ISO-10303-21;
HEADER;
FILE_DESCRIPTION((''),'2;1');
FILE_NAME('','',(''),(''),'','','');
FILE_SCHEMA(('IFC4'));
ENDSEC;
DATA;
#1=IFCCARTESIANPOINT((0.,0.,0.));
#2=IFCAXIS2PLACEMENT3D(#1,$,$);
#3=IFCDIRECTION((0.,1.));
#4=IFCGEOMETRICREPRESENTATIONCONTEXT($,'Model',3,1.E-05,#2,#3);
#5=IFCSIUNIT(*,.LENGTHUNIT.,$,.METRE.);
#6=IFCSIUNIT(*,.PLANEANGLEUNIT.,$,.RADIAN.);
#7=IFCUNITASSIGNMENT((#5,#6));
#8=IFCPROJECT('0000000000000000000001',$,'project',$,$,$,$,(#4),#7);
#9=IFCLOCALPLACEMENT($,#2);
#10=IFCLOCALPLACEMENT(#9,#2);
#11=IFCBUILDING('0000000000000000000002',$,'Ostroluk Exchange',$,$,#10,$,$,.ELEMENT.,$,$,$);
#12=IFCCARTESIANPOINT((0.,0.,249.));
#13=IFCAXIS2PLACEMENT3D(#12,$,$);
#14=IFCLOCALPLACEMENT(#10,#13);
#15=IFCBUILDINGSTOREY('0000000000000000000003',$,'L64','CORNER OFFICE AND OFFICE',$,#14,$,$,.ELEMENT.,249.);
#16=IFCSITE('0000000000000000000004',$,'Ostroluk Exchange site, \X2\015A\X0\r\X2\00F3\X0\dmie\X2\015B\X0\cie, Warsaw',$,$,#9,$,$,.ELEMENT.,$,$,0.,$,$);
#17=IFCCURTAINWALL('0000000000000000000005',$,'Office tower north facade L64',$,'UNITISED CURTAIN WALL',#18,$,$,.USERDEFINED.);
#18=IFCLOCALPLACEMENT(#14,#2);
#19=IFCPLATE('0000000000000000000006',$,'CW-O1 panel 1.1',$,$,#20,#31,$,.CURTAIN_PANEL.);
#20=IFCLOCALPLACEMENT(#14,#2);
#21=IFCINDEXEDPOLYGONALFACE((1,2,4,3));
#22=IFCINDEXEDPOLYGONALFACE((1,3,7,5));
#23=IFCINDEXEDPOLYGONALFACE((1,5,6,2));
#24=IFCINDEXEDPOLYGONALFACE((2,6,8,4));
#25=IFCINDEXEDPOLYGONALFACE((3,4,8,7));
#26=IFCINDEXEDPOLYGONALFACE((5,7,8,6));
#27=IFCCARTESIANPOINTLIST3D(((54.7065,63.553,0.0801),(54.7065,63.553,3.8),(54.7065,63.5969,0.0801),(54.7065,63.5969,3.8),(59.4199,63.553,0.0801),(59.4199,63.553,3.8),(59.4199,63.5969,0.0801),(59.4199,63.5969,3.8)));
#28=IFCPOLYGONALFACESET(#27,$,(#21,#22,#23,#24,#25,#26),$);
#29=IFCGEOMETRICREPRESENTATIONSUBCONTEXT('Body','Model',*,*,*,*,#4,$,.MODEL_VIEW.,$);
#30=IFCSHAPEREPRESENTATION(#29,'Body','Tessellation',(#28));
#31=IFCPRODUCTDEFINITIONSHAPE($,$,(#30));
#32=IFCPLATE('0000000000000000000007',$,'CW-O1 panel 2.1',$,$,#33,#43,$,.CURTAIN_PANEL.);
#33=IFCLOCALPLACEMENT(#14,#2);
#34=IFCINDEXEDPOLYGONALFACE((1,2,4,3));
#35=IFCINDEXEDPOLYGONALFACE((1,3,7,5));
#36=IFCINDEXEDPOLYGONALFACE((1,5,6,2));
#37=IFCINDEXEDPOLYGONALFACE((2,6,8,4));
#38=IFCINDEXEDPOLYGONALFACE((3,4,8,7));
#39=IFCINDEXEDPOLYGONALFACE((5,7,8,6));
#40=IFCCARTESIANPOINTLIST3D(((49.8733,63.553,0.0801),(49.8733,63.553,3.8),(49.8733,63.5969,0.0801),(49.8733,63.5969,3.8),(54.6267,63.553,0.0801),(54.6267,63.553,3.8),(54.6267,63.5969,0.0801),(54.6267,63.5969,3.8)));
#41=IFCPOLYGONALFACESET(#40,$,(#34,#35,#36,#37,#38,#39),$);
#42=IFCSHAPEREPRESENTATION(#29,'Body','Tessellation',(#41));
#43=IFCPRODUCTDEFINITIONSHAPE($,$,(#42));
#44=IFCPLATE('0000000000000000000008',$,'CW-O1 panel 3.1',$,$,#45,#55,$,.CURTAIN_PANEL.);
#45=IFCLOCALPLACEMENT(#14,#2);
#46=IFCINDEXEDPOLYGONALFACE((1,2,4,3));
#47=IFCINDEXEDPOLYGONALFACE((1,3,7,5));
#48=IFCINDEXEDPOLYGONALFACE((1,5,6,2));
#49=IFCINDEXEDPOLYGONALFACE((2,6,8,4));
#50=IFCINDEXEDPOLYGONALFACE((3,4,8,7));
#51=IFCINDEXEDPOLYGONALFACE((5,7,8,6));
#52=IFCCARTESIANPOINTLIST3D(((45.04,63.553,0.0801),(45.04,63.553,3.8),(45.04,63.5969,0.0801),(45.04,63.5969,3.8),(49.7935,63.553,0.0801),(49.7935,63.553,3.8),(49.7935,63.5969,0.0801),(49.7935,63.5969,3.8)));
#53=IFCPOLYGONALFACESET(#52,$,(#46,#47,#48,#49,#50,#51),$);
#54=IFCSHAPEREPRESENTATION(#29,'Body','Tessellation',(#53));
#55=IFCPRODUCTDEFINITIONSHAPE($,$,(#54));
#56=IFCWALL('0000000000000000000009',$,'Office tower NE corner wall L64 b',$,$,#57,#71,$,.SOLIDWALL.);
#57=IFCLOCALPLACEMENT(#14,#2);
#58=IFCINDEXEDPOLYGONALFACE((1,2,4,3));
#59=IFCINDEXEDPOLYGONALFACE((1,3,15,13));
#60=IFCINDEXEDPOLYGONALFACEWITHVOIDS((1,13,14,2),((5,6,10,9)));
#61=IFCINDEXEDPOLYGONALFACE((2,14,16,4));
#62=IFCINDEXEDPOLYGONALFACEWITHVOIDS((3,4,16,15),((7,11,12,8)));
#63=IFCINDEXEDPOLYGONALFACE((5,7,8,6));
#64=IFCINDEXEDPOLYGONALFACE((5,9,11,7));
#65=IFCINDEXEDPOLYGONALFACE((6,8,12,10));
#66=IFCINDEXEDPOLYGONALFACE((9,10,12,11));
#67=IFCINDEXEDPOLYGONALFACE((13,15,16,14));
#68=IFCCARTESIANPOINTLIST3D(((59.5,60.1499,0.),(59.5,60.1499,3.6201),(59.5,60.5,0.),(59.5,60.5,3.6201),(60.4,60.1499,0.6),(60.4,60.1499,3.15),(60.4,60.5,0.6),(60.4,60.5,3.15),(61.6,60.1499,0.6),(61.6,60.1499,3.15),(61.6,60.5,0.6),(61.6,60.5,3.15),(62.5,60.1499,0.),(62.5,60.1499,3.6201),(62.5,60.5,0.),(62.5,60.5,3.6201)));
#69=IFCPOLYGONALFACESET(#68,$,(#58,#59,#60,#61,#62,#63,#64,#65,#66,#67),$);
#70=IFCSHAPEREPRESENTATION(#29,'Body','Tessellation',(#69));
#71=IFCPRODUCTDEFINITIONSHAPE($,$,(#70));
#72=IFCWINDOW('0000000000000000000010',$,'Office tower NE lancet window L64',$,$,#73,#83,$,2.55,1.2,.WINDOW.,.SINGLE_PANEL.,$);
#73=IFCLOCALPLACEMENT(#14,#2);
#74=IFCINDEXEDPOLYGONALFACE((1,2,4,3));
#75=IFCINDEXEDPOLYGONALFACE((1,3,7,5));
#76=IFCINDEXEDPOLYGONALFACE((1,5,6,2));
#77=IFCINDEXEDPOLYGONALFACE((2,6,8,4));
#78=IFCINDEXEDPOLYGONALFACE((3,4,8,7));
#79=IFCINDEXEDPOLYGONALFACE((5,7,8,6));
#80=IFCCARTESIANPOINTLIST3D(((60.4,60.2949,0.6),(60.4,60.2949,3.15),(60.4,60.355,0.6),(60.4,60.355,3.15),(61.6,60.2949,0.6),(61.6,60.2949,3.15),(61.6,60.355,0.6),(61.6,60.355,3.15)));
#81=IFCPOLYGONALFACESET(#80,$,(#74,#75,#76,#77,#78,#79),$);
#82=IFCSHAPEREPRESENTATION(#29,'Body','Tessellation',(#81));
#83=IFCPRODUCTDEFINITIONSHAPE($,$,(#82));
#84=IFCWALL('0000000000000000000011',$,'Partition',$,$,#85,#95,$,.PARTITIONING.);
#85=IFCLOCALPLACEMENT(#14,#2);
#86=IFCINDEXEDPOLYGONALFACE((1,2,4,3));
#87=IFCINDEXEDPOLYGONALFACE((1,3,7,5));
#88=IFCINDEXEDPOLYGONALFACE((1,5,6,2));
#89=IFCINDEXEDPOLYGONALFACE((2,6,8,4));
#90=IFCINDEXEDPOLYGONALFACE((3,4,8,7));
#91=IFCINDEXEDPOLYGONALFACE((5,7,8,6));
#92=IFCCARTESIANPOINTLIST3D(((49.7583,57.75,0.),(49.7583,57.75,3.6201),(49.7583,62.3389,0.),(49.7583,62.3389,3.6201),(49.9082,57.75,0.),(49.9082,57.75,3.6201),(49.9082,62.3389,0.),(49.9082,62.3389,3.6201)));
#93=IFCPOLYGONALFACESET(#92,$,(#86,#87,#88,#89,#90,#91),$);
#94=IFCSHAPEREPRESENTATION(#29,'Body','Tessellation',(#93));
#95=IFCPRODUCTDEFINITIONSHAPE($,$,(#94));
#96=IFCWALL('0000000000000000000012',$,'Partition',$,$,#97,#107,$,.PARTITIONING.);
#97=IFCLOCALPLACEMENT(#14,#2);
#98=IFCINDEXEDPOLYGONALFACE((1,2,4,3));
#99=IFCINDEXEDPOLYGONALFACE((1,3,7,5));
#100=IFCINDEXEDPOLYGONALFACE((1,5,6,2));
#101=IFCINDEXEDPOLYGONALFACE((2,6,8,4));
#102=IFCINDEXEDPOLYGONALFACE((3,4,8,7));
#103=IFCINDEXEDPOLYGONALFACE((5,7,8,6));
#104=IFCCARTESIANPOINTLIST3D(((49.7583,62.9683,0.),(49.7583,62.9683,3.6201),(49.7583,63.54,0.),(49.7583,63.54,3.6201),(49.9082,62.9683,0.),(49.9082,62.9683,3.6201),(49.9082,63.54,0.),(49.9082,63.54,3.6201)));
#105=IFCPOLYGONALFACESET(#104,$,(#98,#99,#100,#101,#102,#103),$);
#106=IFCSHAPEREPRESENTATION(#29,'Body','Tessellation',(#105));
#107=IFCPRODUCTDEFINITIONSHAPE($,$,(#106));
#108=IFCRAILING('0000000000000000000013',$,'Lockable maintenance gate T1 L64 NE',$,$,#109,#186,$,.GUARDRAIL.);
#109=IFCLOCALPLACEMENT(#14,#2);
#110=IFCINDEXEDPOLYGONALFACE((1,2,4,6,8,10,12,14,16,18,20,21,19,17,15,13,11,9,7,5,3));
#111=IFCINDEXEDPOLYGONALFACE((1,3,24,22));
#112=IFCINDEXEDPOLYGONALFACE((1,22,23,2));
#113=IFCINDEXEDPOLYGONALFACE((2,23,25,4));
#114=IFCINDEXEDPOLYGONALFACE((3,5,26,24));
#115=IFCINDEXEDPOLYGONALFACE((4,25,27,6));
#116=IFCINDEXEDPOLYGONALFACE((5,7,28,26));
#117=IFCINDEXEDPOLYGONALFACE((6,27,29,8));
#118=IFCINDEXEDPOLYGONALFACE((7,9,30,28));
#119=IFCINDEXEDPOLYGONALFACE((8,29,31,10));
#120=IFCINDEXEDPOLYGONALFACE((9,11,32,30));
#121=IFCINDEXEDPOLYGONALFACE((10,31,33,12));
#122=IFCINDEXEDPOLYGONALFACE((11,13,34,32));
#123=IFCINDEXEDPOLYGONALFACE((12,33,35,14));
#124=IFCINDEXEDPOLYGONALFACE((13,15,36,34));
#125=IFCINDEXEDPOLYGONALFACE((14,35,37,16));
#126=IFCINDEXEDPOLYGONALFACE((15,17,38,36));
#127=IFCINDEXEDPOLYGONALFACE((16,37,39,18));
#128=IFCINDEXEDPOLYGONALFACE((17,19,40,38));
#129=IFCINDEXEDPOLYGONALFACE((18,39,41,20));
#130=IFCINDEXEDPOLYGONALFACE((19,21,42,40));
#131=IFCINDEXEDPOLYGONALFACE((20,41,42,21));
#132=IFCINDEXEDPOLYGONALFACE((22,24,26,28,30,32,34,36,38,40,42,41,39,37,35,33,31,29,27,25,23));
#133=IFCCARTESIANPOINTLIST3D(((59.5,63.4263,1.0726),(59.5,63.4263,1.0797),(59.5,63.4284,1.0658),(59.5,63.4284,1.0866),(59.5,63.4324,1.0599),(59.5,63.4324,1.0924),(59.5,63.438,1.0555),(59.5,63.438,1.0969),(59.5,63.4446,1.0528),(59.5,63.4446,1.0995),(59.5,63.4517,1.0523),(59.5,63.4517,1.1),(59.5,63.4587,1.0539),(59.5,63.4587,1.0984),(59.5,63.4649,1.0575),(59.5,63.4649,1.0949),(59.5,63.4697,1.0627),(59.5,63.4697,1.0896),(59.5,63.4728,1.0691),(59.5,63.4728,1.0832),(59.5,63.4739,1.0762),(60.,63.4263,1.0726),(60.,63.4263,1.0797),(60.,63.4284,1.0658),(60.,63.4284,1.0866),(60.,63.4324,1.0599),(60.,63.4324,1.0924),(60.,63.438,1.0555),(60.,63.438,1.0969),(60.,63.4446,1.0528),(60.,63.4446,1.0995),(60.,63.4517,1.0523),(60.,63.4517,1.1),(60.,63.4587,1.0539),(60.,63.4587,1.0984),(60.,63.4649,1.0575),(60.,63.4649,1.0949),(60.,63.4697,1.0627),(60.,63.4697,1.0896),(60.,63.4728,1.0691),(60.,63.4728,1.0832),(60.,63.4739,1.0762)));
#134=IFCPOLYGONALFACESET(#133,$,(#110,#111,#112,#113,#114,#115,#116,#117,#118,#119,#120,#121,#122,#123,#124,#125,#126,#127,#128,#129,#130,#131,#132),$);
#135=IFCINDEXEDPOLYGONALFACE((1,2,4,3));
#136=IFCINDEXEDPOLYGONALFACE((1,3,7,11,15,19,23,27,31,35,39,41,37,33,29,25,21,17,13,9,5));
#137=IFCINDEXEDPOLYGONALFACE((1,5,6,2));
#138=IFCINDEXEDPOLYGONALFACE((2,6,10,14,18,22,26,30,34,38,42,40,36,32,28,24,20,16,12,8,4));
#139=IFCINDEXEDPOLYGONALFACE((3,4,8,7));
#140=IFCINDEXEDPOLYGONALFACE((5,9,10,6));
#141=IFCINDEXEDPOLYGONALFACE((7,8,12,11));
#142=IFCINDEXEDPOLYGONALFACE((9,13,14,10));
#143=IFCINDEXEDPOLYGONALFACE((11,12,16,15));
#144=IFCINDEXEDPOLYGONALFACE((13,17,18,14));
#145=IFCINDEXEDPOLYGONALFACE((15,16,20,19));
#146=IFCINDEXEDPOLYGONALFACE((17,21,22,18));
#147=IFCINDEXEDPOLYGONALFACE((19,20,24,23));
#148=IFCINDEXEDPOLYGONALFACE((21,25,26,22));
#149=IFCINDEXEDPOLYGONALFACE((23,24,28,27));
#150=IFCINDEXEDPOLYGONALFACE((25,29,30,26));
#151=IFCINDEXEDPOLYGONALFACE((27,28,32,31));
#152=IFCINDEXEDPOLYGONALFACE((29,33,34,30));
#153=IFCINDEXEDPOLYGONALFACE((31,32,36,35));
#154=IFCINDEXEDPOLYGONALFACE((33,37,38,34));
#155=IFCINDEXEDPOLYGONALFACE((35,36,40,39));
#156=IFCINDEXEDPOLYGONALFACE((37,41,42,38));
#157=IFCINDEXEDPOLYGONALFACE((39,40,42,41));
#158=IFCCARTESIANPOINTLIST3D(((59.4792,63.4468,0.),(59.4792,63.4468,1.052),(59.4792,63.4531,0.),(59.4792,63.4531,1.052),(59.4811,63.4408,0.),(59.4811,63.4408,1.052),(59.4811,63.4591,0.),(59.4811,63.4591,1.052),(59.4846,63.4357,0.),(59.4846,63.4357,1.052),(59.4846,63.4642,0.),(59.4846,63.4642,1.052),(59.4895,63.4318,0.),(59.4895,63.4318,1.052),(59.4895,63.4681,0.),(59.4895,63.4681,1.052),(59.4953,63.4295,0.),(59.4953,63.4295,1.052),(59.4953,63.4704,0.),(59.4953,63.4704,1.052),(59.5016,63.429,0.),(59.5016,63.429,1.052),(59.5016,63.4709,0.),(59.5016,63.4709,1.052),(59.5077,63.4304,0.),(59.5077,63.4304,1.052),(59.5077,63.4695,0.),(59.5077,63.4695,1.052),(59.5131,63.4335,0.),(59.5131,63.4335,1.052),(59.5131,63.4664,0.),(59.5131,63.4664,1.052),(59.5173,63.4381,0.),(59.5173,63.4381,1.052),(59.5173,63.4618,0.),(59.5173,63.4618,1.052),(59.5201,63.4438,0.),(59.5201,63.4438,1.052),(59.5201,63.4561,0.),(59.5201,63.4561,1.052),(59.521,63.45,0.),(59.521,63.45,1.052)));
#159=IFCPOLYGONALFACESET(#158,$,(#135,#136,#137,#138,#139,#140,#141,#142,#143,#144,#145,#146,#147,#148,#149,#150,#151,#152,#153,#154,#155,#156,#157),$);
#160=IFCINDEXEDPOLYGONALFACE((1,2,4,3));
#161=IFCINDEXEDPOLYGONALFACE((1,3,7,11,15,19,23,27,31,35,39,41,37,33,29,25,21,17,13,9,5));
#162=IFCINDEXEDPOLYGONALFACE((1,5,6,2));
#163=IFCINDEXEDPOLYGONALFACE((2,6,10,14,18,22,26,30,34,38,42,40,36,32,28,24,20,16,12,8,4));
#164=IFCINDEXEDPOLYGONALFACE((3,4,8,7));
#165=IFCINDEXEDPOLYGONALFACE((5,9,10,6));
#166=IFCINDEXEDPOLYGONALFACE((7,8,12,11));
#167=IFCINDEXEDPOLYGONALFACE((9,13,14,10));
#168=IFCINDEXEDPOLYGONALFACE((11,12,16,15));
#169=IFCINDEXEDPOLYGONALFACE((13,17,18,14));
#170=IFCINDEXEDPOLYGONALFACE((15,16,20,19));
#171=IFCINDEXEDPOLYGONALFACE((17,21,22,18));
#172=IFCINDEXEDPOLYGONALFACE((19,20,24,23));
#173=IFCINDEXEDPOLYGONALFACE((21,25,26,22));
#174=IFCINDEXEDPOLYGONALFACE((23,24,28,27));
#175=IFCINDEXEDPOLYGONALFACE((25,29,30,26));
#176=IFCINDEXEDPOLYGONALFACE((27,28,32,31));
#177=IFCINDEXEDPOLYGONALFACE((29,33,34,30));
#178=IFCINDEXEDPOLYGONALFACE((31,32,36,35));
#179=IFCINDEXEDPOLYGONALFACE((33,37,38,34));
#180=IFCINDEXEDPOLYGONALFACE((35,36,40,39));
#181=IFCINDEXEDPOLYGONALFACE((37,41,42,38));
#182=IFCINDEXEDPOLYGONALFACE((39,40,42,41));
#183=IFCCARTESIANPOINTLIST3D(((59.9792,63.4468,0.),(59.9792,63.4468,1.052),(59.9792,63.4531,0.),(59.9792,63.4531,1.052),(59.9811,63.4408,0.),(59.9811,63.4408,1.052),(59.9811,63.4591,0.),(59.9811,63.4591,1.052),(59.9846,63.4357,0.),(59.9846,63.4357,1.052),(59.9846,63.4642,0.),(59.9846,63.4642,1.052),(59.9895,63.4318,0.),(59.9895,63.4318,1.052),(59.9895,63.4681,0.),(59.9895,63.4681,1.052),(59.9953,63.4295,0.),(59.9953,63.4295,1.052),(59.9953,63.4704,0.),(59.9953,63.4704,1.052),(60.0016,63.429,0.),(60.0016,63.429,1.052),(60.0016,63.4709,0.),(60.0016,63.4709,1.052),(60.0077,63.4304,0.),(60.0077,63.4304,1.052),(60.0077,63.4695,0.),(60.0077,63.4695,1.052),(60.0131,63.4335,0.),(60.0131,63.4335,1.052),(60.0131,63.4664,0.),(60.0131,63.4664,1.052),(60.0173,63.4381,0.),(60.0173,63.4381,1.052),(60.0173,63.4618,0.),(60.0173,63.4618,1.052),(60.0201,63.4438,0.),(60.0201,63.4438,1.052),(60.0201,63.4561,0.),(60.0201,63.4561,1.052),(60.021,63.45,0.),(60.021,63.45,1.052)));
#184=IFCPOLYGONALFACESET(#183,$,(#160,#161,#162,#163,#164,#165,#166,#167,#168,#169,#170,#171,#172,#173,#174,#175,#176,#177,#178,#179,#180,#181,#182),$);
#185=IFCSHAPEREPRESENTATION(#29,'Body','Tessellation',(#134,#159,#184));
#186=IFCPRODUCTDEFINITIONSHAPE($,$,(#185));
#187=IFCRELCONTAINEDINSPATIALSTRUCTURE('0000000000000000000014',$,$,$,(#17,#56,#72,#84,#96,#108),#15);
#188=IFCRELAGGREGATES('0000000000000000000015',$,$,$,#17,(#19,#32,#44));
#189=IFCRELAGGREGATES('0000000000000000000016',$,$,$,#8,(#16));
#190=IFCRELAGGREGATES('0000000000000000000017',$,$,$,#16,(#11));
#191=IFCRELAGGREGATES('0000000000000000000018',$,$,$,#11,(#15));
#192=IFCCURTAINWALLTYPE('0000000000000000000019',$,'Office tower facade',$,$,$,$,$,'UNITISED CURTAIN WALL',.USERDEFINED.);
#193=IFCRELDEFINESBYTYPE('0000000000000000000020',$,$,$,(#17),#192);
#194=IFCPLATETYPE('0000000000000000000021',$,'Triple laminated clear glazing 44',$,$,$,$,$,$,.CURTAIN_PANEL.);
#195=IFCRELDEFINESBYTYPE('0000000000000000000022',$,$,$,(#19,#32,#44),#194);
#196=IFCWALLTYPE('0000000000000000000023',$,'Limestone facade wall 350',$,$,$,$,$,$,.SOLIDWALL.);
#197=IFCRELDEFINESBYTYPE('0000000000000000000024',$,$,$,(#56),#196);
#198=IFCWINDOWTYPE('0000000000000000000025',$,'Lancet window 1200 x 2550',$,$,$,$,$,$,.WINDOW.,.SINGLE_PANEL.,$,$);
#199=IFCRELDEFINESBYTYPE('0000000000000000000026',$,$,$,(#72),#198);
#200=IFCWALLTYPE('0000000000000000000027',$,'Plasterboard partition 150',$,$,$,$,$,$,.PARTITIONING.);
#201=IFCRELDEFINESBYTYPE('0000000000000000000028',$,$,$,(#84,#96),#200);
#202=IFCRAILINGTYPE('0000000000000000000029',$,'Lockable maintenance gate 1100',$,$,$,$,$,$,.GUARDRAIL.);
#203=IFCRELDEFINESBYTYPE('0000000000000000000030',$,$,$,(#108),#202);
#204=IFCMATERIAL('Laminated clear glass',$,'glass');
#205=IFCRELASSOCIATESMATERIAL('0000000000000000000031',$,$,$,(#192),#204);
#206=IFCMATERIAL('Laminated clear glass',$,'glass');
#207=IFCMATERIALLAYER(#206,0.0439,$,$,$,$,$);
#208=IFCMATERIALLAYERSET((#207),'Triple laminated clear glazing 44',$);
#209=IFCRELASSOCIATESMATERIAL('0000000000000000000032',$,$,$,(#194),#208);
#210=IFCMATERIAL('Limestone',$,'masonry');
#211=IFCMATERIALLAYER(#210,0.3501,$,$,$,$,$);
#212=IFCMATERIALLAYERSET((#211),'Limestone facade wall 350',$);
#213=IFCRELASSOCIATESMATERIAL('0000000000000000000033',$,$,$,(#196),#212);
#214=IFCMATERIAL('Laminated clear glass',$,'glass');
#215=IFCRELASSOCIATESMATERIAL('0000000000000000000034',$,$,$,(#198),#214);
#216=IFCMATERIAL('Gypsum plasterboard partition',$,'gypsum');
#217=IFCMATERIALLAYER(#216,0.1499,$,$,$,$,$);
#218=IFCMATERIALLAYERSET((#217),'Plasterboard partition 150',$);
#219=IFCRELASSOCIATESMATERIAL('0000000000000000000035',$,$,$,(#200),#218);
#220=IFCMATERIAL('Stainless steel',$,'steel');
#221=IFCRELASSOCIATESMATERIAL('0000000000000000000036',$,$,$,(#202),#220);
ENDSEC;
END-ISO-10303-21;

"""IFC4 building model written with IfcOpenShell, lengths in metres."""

from ifc_helpers import new_model, si_unit, direction, frame, frame_2d, origin, origin_2d, place, context, subcontext, project, spatial, rectangle, circle, extrude, material, layer, layer_set, type_object, element, fill, aggregate, save


model = new_model("IFC4")

# Units and contexts
model_context = context("Model", 3, precision=1e-05, world=origin(), true_north=direction((0.0, 1.0)))
body_context = subcontext(model_context, "Body", "Model", "MODEL_VIEW")
ifc_project = project(units=[si_unit("LENGTHUNIT", "METRE"), si_unit("PLANEANGLEUNIT", "RADIAN")], contexts=[model_context])

# Site, building, storey
site_placement = place(None, origin())
site = spatial("IfcSite", under=ifc_project, at=site_placement, Name="Ostroluk Exchange site, Śródmieście, Warsaw", CompositionType="ELEMENT", RefElevation=0.0)
building_placement = place(site_placement, origin())
building = spatial("IfcBuilding", under=site, at=building_placement, Name="Ostroluk Exchange", CompositionType="ELEMENT")
storey_placement = place(building_placement, frame((0.0, 0.0, 249.0)))
storey = spatial("IfcBuildingStorey", under=building, at=storey_placement, Name="L64", Description="CORNER OFFICE AND OFFICE", CompositionType="ELEMENT", Elevation=249.0)

# Curtain wall
ifc_material_1 = material(Name="Laminated clear glass", Category="glass")
curtain_wall_type = type_object("IfcCurtainWallType", Name="Office tower facade", ElementType="UNITISED CURTAIN WALL", PredefinedType="USERDEFINED", material=ifc_material_1)
curtain_wall_1_placement = place(storey_placement, origin())
curtain_wall_1 = element("IfcCurtainWall", 1, at=curtain_wall_1_placement, inside=storey, type_object=curtain_wall_type, Name="Office tower north facade L64", ObjectType="UNITISED CURTAIN WALL", PredefinedType="USERDEFINED")

# Plates
ifc_material_2 = material(Name="Laminated clear glass", Category="glass")
ifc_layer_1 = layer(ifc_material_2, 0.0439)
ifc_layer_set_1 = layer_set([ifc_layer_1], Name="Triple laminated clear glazing 44")
plate_type_1 = type_object("IfcPlateType", Name="Triple laminated clear glazing 44", PredefinedType="CURTAIN_PANEL", material=ifc_layer_set_1)
plate_1_placement = place(storey_placement, frame((57.0632, 63.575, 0.0801), z_axis=(0.0, 0.0, 1.0), x_axis=(-1.0, 0.0, 0.0)))
plate_1 = element("IfcPlate", 2, at=plate_1_placement, type_object=plate_type_1, Name="CW-O1 panel 1.1", PredefinedType="CURTAIN_PANEL", context=body_context, shape_type="SweptSolid", body=[
    extrude(rectangle(XDim=4.7134, YDim=0.0439, at=origin_2d()), origin(), (0.0, 0.0, 1.0), 3.72),
])
plate_2_placement = place(storey_placement, frame((52.25, 63.575, 0.0801), z_axis=(0.0, 0.0, 1.0), x_axis=(-1.0, 0.0, 0.0)))
plate_2 = element("IfcPlate", 3, at=plate_2_placement, type_object=plate_type_1, Name="CW-O1 panel 2.1", PredefinedType="CURTAIN_PANEL", context=body_context, shape_type="SweptSolid", body=[
    extrude(rectangle(XDim=4.7534, YDim=0.0439, at=origin_2d()), origin(), (0.0, 0.0, 1.0), 3.72),
])
plate_3_placement = place(storey_placement, frame((47.4167, 63.575, 0.0801), z_axis=(0.0, 0.0, 1.0), x_axis=(-1.0, 0.0, 0.0)))
plate_3 = element("IfcPlate", 4, at=plate_3_placement, type_object=plate_type_1, Name="CW-O1 panel 3.1", PredefinedType="CURTAIN_PANEL", context=body_context, shape_type="SweptSolid", body=[
    extrude(rectangle(XDim=4.7534, YDim=0.0439, at=origin_2d()), origin(), (0.0, 0.0, 1.0), 3.72),
])
aggregate(curtain_wall_1, [plate_1, plate_2, plate_3])

# Shared definitions
ifc_material_3 = material(Name="Limestone", Category="masonry")
ifc_layer_2 = layer(ifc_material_3, 0.3501)
ifc_layer_set_2 = layer_set([ifc_layer_2], Name="Limestone facade wall 350")
wall_type_1 = type_object("IfcWallType", Name="Limestone facade wall 350", PredefinedType="SOLIDWALL", material=ifc_layer_set_2)

# Wall, opening, window
wall_1_placement = place(storey_placement, frame((59.5, 60.325, 0.0), z_axis=(0.0, 0.0, 1.0), x_axis=(1.0, 0.0, 0.0)))
wall_1 = element("IfcWall", 5, at=wall_1_placement, inside=storey, type_object=wall_type_1, Name="Office tower NE corner wall L64 b", PredefinedType="SOLIDWALL", context=body_context, shape_type="SweptSolid", body=[
    extrude(rectangle(XDim=3.0, YDim=0.3501, at=frame_2d((1.5, 0.0))), origin(), (0.0, 0.0, 1.0), 3.6201),
])
opening_1_placement = place(wall_1_placement, frame((0.8999, 0.0, 0.6001)))
opening_1 = element("IfcOpeningElement", 6, at=opening_1_placement, cuts=wall_1, PredefinedType="OPENING", context=body_context, shape_type="SweptSolid", body=[
    extrude(rectangle(XDim=1.2, YDim=2.55, at=frame_2d((0.6001, 1.2749))), frame((0.0, 0.1851, 0.0), z_axis=(0.0, -1.0, 0.0), x_axis=(1.0, 0.0, 0.0)), (0.0, 0.0, 1.0), 0.3701),
])
ifc_material_4 = material(Name="Laminated clear glass", Category="glass")
window_type = type_object("IfcWindowType", Name="Lancet window 1200 x 2550", PartitioningType="SINGLE_PANEL", PredefinedType="WINDOW", material=ifc_material_4)
window_placement = place(opening_1_placement, origin())
window = element("IfcWindow", 7, at=window_placement, inside=storey, type_object=window_type, Name="Office tower NE lancet window L64", OverallHeight=2.55, OverallWidth=1.2, PartitioningType="SINGLE_PANEL", PredefinedType="WINDOW", context=body_context, shape_type="SweptSolid", body=[
    extrude(rectangle(XDim=1.2, YDim=2.55, at=frame_2d((0.6001, 1.2749))), frame((0.0, 0.03, 0.0), z_axis=(0.0, -1.0, 0.0), x_axis=(1.0, 0.0, 0.0)), (0.0, 0.0, 1.0), 0.0601),
])
fill(opening_1, window)

# Walls
ifc_material_5 = material(Name="Gypsum plasterboard partition", Category="gypsum")
ifc_layer_3 = layer(ifc_material_5, 0.1499)
ifc_layer_set_3 = layer_set([ifc_layer_3], Name="Plasterboard partition 150")
wall_type_2 = type_object("IfcWallType", Name="Plasterboard partition 150", PredefinedType="PARTITIONING", material=ifc_layer_set_3)
wall_2_placement = place(storey_placement, frame((49.8333, 57.75, 0.0), z_axis=(0.0, 0.0, 1.0), x_axis=(0.0, 1.0, 0.0)))
element("IfcWall", 8, at=wall_2_placement, inside=storey, type_object=wall_type_2, Name="Partition", PredefinedType="PARTITIONING", context=body_context, shape_type="SweptSolid", body=[
    extrude(rectangle(XDim=4.5889, YDim=0.1499, at=frame_2d((2.2944, 0.0))), origin(), (0.0, 0.0, 1.0), 3.6201),
])
wall_3_placement = place(storey_placement, frame((49.8333, 62.9683, 0.0), z_axis=(0.0, 0.0, 1.0), x_axis=(0.0, 1.0, 0.0)))
element("IfcWall", 9, at=wall_3_placement, inside=storey, type_object=wall_type_2, Name="Partition", PredefinedType="PARTITIONING", context=body_context, shape_type="SweptSolid", body=[
    extrude(rectangle(XDim=0.5718, YDim=0.1499, at=frame_2d((0.2859, 0.0))), origin(), (0.0, 0.0, 1.0), 3.6201),
])

# Railing
ifc_material_6 = material(Name="Stainless steel", Category="steel")
railing_type_1 = type_object("IfcRailingType", Name="Lockable maintenance gate 1100", PredefinedType="GUARDRAIL", material=ifc_material_6)
railing_1_placement = place(storey_placement, frame((59.5, 63.45, 0.0)))
element("IfcRailing", 10, at=railing_1_placement, inside=storey, type_object=railing_type_1, Name="Lockable maintenance gate T1 L64 NE", PredefinedType="GUARDRAIL", context=body_context, shape_type="SweptSolid", body=[
    extrude(circle(Radius=0.0239, at=origin_2d()), frame((0.0, 0.0, 1.0762), z_axis=(1.0, 0.0, 0.0), x_axis=(0.0, 1.0, 0.0)), (0.0, 0.0, 1.0), 0.5),
    extrude(circle(Radius=0.021, at=origin_2d()), origin(), (0.0, 0.0, 1.0), 1.052),
    extrude(circle(Radius=0.021, at=origin_2d()), frame((0.5, 0.0, 0.0)), (0.0, 0.0, 1.0), 1.052),
])

save(model, "model.ifc")
